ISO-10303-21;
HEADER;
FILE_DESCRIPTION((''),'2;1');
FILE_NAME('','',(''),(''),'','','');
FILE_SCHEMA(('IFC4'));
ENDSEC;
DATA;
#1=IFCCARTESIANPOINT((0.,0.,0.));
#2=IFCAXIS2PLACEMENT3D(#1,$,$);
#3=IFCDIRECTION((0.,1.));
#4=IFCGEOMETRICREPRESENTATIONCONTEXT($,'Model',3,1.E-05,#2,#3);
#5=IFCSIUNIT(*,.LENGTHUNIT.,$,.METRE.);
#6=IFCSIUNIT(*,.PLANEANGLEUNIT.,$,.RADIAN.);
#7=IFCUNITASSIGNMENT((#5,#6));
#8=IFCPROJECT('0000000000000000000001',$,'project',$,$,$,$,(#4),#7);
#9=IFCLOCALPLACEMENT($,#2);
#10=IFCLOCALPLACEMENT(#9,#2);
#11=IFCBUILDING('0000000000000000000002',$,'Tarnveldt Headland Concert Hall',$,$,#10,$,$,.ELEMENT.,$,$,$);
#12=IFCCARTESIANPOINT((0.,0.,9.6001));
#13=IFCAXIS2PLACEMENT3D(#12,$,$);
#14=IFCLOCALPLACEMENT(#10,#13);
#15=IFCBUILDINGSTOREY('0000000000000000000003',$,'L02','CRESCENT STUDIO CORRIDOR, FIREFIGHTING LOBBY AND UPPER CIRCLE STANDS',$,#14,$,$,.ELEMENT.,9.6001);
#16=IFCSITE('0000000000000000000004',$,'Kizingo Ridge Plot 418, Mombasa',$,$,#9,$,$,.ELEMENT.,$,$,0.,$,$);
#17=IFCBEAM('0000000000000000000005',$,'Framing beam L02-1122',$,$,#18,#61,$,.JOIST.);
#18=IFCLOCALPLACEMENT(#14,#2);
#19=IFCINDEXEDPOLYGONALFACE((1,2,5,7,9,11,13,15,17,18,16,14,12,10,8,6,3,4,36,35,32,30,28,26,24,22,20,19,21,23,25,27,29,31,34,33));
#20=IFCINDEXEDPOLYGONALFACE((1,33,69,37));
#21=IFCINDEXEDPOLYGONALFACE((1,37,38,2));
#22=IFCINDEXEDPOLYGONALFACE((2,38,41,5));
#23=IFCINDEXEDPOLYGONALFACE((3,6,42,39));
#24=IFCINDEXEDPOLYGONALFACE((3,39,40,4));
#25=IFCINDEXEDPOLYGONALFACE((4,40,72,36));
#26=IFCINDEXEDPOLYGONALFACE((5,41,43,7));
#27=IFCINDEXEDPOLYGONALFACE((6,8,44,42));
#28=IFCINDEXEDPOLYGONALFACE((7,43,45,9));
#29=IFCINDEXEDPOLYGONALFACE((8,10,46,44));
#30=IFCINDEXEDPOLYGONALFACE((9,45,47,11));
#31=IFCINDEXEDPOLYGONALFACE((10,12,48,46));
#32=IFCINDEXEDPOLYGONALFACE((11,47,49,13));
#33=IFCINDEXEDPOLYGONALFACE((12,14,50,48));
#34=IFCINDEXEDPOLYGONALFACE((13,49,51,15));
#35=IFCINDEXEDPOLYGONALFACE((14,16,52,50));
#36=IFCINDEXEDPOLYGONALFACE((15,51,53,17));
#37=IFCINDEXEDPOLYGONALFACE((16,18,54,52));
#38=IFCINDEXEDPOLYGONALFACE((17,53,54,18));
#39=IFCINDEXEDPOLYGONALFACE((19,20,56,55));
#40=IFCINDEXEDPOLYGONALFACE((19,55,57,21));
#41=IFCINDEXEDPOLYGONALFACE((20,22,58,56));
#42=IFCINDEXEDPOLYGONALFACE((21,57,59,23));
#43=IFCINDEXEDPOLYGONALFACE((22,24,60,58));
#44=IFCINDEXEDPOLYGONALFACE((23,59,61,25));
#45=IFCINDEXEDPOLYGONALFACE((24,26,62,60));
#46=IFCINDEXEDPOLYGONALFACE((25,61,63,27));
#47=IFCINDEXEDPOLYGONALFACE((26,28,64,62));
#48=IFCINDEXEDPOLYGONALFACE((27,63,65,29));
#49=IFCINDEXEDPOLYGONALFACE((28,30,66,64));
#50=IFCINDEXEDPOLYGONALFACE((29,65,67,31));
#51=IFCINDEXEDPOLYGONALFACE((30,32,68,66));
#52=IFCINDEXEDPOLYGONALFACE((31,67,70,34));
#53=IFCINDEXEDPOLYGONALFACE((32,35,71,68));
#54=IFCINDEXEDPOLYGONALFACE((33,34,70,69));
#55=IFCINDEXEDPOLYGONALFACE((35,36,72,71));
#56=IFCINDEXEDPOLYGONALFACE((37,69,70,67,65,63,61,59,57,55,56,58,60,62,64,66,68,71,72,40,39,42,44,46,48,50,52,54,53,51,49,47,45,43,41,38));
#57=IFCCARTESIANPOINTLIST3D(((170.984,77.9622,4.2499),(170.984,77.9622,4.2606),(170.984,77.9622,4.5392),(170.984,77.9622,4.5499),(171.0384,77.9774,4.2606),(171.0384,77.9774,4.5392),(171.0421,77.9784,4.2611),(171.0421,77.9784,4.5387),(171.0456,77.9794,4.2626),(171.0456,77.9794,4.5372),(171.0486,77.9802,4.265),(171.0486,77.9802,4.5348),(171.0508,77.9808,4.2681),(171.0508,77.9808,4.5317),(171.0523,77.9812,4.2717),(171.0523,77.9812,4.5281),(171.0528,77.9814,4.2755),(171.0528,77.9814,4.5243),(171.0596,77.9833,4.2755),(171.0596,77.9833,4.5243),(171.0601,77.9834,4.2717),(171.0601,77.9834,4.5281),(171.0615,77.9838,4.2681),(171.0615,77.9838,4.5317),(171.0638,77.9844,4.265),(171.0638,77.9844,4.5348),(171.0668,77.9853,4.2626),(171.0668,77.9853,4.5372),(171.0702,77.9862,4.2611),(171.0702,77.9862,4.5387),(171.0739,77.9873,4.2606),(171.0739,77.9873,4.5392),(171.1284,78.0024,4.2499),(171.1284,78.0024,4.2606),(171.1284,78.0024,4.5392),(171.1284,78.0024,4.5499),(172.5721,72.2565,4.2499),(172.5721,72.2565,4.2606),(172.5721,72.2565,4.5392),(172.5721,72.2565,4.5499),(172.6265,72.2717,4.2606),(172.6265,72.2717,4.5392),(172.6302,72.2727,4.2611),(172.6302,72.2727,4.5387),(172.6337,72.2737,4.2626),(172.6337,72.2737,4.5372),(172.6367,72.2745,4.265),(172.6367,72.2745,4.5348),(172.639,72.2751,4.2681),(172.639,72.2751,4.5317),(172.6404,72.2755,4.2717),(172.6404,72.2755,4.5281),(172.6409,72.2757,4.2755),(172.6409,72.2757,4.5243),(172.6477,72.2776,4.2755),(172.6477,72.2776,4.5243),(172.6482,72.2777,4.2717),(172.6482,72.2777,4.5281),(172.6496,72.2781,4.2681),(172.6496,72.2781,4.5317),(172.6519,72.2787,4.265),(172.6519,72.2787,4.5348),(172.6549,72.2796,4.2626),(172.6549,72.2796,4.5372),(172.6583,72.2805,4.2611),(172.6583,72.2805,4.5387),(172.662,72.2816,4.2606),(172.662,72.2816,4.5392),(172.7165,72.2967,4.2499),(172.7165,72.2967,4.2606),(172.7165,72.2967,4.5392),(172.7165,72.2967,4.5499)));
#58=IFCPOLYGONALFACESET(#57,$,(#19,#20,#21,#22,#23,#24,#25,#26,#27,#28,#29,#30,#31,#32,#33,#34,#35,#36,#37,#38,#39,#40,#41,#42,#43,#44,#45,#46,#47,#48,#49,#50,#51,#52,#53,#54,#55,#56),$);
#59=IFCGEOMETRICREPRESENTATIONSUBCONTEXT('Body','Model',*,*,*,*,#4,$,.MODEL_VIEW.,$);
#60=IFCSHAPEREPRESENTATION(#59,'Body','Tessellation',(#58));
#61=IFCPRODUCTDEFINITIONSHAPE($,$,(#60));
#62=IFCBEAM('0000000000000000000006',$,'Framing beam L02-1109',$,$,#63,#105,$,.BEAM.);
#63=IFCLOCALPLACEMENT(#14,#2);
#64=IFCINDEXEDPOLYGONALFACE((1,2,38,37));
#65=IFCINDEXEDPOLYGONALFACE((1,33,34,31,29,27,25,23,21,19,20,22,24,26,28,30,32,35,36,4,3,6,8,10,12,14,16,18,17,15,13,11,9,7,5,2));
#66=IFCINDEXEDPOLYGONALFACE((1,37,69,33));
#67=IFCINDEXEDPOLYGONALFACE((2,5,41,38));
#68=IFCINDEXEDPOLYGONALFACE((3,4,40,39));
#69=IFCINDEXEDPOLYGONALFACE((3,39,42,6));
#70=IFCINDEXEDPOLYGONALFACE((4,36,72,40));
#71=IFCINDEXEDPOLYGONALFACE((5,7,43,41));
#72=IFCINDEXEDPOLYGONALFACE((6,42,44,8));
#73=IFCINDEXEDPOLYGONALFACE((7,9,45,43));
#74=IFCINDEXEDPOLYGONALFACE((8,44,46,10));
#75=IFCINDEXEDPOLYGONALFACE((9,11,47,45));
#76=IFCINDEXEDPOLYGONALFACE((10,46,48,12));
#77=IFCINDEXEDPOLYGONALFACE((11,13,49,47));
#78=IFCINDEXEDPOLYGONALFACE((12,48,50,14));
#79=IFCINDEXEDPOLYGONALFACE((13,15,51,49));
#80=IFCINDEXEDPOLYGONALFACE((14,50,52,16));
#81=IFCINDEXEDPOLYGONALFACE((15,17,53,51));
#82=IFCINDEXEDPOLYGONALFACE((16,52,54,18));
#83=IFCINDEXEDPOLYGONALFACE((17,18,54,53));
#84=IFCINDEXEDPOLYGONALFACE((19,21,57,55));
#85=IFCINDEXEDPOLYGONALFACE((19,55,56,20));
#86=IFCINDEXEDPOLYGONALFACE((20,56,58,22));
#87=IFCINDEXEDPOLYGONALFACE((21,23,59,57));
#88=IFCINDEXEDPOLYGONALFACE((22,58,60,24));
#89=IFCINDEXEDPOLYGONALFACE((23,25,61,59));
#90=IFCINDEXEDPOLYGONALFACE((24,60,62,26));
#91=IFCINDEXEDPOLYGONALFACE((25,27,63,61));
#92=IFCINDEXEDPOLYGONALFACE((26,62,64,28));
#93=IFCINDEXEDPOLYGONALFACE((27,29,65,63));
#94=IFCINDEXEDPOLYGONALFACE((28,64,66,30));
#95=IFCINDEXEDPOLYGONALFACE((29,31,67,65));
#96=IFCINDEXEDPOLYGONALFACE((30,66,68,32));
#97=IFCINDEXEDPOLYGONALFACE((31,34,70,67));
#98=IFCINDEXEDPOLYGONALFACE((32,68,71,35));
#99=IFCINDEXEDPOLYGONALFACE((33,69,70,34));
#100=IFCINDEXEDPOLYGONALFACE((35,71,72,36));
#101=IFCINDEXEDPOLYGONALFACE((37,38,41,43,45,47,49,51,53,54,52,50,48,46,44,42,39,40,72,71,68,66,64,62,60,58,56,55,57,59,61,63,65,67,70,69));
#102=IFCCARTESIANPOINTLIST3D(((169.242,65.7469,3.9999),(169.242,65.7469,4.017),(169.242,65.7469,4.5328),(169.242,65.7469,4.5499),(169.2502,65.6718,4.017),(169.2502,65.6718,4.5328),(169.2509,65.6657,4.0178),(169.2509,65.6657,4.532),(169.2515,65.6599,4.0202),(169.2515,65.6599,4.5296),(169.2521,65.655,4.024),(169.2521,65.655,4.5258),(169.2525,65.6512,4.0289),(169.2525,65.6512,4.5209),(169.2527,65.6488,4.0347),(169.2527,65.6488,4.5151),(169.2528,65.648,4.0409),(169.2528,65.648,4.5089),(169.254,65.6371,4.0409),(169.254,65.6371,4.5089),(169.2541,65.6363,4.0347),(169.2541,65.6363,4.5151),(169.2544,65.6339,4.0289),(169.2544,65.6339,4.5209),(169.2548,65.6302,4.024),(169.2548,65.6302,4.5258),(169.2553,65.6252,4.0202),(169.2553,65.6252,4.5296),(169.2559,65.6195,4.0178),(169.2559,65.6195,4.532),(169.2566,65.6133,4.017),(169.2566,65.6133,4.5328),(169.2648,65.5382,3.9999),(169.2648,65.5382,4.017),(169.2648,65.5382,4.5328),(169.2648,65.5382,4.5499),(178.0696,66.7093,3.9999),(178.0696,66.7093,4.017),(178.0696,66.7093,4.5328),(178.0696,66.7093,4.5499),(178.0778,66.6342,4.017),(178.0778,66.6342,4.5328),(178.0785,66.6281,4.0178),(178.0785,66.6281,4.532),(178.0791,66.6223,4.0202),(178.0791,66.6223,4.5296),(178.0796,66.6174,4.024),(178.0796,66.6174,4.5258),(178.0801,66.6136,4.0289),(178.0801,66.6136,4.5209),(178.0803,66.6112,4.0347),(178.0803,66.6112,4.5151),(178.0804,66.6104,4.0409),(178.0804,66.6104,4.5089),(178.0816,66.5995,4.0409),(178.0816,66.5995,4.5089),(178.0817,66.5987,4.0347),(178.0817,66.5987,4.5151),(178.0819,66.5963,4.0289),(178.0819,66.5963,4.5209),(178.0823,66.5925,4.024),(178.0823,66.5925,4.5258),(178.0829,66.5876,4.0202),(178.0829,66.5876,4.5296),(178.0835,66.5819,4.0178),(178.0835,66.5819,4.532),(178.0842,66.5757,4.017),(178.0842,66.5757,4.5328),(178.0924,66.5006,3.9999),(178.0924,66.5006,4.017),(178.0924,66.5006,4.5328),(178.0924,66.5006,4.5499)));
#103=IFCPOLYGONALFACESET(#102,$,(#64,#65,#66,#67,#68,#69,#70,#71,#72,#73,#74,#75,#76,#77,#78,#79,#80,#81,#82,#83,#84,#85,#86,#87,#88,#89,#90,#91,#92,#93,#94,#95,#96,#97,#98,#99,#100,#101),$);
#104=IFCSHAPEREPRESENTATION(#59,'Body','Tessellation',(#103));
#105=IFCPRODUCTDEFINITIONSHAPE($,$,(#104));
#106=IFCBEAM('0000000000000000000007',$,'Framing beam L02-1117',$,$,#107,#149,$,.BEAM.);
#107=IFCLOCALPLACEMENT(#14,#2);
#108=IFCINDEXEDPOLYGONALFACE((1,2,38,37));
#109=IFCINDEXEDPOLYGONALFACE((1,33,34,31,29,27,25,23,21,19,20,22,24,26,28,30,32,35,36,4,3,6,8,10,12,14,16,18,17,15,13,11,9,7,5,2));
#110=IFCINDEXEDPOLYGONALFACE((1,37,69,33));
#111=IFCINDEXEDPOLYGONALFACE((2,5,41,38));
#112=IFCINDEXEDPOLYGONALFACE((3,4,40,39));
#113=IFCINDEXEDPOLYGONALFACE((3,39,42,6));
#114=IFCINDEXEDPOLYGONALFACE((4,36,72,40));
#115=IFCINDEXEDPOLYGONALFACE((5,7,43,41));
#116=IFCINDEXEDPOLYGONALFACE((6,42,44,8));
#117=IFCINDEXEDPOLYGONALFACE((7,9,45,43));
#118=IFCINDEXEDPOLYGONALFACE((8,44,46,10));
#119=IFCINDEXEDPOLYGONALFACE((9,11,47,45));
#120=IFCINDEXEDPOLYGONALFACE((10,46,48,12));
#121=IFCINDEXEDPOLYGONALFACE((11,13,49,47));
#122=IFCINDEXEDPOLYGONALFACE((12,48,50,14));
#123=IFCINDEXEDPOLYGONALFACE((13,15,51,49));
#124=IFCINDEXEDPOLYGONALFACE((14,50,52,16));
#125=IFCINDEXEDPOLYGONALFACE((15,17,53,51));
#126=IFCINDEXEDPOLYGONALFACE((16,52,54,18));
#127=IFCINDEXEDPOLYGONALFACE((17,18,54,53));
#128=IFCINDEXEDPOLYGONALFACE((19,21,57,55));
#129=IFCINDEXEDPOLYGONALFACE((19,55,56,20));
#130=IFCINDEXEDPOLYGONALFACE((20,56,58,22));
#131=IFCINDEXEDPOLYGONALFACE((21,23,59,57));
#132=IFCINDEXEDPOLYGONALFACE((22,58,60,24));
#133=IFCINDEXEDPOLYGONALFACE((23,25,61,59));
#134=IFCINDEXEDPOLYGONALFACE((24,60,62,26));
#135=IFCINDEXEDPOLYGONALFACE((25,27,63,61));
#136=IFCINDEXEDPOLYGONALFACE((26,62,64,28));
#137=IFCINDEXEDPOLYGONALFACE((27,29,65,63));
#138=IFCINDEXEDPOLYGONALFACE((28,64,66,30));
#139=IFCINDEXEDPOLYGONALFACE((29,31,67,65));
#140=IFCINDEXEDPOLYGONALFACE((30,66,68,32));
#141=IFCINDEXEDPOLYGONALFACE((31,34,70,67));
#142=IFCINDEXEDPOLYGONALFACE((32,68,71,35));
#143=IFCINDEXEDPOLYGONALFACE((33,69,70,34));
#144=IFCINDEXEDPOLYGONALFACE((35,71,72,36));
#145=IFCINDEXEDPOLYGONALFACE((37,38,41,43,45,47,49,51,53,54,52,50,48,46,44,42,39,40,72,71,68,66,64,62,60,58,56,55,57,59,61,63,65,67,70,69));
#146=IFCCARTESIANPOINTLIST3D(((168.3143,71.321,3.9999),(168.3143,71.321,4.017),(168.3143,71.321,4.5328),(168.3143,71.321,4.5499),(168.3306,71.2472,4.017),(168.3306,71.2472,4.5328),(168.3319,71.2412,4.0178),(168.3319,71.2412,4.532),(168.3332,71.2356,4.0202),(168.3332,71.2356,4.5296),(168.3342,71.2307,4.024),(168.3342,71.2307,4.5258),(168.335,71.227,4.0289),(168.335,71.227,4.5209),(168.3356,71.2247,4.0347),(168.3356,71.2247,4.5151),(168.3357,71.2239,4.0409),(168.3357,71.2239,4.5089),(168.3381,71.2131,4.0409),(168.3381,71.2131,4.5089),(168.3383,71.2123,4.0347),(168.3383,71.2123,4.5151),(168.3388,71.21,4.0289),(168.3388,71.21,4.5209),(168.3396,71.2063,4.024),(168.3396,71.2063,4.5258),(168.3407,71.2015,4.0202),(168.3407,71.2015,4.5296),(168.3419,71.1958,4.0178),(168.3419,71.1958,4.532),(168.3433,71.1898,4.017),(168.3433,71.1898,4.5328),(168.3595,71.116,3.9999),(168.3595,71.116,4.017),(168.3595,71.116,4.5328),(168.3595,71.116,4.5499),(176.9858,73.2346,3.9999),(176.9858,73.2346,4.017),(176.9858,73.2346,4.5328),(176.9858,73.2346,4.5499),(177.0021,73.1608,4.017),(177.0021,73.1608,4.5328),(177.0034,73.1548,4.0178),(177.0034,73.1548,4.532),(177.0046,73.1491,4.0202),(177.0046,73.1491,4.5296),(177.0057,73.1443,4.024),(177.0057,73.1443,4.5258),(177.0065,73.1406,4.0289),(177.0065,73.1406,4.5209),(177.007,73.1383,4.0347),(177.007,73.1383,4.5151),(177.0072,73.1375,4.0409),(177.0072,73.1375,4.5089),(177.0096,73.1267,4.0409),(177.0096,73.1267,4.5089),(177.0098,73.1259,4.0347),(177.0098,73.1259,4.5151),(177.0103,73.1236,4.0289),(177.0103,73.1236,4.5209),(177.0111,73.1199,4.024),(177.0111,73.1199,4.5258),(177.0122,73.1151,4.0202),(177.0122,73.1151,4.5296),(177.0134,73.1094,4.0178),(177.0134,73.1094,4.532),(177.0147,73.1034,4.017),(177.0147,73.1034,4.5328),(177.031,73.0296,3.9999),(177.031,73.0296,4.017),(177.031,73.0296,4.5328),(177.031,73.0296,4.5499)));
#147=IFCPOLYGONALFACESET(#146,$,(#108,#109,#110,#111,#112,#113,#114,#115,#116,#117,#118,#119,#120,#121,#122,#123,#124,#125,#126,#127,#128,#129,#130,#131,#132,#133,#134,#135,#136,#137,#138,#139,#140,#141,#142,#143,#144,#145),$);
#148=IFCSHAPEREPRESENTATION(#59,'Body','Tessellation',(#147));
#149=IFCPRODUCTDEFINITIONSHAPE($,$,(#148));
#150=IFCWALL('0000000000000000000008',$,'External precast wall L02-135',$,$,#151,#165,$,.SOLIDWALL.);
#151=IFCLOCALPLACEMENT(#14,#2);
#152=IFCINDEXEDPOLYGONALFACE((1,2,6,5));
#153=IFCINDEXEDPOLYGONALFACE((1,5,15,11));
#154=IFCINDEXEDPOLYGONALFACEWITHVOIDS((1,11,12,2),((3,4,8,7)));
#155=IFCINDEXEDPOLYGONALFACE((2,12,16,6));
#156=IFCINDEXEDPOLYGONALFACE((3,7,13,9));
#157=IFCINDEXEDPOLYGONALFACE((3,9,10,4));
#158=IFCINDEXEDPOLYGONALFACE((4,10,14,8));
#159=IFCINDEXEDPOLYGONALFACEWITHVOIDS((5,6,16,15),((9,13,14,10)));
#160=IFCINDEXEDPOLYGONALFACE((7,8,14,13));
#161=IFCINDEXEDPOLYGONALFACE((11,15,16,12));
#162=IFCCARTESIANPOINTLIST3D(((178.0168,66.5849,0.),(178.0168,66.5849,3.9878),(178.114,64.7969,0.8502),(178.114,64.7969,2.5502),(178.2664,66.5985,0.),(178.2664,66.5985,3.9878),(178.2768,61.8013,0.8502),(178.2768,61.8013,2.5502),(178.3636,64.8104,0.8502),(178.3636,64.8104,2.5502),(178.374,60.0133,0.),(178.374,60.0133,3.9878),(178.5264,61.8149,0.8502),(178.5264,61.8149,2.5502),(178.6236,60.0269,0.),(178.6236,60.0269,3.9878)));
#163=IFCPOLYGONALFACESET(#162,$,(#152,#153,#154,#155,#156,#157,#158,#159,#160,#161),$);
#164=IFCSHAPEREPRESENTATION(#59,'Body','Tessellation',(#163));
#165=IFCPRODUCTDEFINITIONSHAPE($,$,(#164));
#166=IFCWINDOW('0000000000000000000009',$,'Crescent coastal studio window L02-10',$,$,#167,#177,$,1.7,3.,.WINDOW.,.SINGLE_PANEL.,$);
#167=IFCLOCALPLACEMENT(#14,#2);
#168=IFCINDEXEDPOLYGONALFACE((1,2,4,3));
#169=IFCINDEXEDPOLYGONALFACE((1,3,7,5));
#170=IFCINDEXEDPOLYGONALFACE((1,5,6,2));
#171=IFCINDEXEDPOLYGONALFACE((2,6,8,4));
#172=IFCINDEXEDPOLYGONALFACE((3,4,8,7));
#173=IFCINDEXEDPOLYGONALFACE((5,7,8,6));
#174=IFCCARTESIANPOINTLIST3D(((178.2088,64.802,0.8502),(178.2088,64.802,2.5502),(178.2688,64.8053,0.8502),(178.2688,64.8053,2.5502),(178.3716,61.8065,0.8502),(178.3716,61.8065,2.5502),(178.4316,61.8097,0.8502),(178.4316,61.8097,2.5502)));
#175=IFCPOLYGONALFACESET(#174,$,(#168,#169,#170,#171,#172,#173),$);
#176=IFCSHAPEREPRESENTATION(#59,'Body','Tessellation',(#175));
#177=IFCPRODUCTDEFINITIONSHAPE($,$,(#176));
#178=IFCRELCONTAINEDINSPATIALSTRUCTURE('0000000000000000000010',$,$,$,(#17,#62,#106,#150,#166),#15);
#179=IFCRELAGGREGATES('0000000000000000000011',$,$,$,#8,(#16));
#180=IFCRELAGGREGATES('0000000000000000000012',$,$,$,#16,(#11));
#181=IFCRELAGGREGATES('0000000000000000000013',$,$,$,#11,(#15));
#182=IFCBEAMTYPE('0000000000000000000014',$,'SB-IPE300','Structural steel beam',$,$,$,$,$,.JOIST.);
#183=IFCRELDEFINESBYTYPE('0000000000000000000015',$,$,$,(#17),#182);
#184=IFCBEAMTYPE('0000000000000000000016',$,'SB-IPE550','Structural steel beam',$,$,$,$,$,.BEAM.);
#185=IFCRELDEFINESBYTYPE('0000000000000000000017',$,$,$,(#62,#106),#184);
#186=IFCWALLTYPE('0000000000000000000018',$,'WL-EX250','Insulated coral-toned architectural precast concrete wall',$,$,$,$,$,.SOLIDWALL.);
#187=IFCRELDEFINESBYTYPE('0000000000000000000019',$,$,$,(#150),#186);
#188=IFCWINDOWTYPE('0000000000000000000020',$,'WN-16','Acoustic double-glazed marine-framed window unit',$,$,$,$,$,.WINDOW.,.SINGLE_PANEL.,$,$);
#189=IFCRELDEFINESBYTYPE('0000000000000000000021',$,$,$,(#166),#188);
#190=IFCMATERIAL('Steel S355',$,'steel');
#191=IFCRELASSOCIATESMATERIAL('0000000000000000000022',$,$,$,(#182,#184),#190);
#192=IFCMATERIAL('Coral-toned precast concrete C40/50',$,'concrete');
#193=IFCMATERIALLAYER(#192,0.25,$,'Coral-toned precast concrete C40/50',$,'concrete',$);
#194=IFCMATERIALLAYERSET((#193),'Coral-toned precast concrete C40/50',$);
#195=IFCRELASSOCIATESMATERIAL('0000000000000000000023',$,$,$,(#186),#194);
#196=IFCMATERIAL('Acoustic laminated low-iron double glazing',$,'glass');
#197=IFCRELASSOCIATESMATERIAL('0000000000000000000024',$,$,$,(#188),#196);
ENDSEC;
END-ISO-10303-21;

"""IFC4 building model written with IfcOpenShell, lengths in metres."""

from ifc_helpers import new_model, si_unit, direction, frame, frame_2d, origin, origin_2d, place, context, subcontext, project, spatial, rectangle, i_section, extrude, material, layer, layer_set, material_profile, profile_set, type_object, element, fill, save


model = new_model("IFC4")

# Units and contexts
model_context = context("Model", 3, precision=1e-05, world=origin(), true_north=direction((0.0, 1.0)))
body_context = subcontext(model_context, "Body", "Model", "MODEL_VIEW")
ifc_project = project(units=[si_unit("LENGTHUNIT", "METRE"), si_unit("PLANEANGLEUNIT", "RADIAN")], contexts=[model_context])

# Site, building, storey
site_placement = place(None, origin())
site = spatial("IfcSite", under=ifc_project, at=site_placement, Name="Kizingo Ridge Plot 418, Mombasa", CompositionType="ELEMENT", RefElevation=0.0)
building_placement = place(site_placement, origin())
building = spatial("IfcBuilding", under=site, at=building_placement, Name="Tarnveldt Headland Concert Hall", CompositionType="ELEMENT")
storey_placement = place(building_placement, frame((0.0, 0.0, 9.6001)))
storey = spatial("IfcBuildingStorey", under=building, at=storey_placement, Name="L02", Description="CRESCENT STUDIO CORRIDOR, FIREFIGHTING LOBBY AND UPPER CIRCLE STANDS", CompositionType="ELEMENT", Elevation=9.6001)

# Shared definitions
ifc_material_1 = material(Name="Steel S355", Category="steel")

# Beams
ifc_material_profile_1 = material_profile(ifc_material_1, i_section(OverallWidth=0.1499, OverallDepth=0.3, WebThickness=0.0071, FlangeThickness=0.0107, FilletRadius=0.0149, at=origin_2d()), Name="IPE300", Category="steel")
ifc_profile_set_1 = profile_set([ifc_material_profile_1], Name="Steel S355")
beam_type_1 = type_object("IfcBeamType", Name="SB-IPE300", Description="Structural steel beam", PredefinedType="JOIST", material=ifc_profile_set_1)
beam_1_placement = place(storey_placement, frame((172.6443, 72.2766, 4.3999), z_axis=(-0.268143, 0.963379, 0.0), x_axis=(-0.963379, -0.268143, 0.0)))
element("IfcBeam", 1, at=beam_1_placement, inside=storey, type_object=beam_type_1, Name="Framing beam L02-1122", PredefinedType="JOIST", context=body_context, shape_type="SweptSolid", body=[
    extrude(i_section(OverallWidth=0.1499, OverallDepth=0.3, WebThickness=0.0071, FlangeThickness=0.0107, FilletRadius=0.0149, at=origin_2d()), origin(), (0.0, 0.0, 1.0), 5.9226),
])
ifc_material_profile_2 = material_profile(ifc_material_1, i_section(OverallWidth=0.21, OverallDepth=0.55, WebThickness=0.011, FlangeThickness=0.0171, FilletRadius=0.0239, at=origin_2d()), Name="IPE550", Category="steel")
ifc_profile_set_2 = profile_set([ifc_material_profile_2], Name="Steel S355")
beam_type_2 = type_object("IfcBeamType", Name="SB-IPE550", Description="Structural steel beam", PredefinedType="BEAM", material=ifc_profile_set_2)
beam_2_placement = place(storey_placement, frame((169.2534, 65.6426, 4.2749), z_axis=(0.99411, 0.108379, 0.0), x_axis=(-0.108379, 0.99411, 0.0)))
element("IfcBeam", 2, at=beam_2_placement, inside=storey, type_object=beam_type_2, Name="Framing beam L02-1109", PredefinedType="BEAM", context=body_context, shape_type="SweptSolid", body=[
    extrude(i_section(OverallWidth=0.21, OverallDepth=0.55, WebThickness=0.011, FlangeThickness=0.0171, FilletRadius=0.0239, at=origin_2d()), origin(), (0.0, 0.0, 1.0), 8.8799),
])
beam_3_placement = place(storey_placement, frame((168.3369, 71.2185, 4.2749), z_axis=(0.976506, 0.215492, 0.0), x_axis=(-0.215492, 0.976506, 0.0)))
element("IfcBeam", 3, at=beam_3_placement, inside=storey, type_object=beam_type_2, Name="Framing beam L02-1117", PredefinedType="BEAM", context=body_context, shape_type="SweptSolid", body=[
    extrude(i_section(OverallWidth=0.21, OverallDepth=0.55, WebThickness=0.011, FlangeThickness=0.0171, FilletRadius=0.0239, at=origin_2d()), origin(), (0.0, 0.0, 1.0), 8.8801),
])

# Wall, opening, window
ifc_material_2 = material(Name="Coral-toned precast concrete C40/50", Category="concrete")
ifc_layer_1 = layer(ifc_material_2, 0.25, Name="Coral-toned precast concrete C40/50", Category="concrete")
ifc_layer_set_1 = layer_set([ifc_layer_1], Name="Coral-toned precast concrete C40/50")
wall_type = type_object("IfcWallType", Name="WL-EX250", Description="Insulated coral-toned architectural precast concrete wall", PredefinedType="SOLIDWALL", material=ifc_layer_set_1)
wall_1_placement = place(storey_placement, frame((178.1416, 66.5916, 0.0), z_axis=(0.0, 0.0, 1.0), x_axis=(0.054272, -0.998526, 0.0)))
wall_1 = element("IfcWall", 4, at=wall_1_placement, inside=storey, type_object=wall_type, Name="External precast wall L02-135", PredefinedType="SOLIDWALL", context=body_context, shape_type="SweptSolid", body=[
    extrude(rectangle(XDim=6.5813, YDim=0.25, at=frame_2d((3.2905, 0.0))), origin(), (0.0, 0.0, 1.0), 3.9878),
])
opening_1_placement = place(wall_1_placement, frame((1.7905, 0.0, 0.8501)))
opening_1 = element("IfcOpeningElement", 5, at=opening_1_placement, cuts=wall_1, PredefinedType="OPENING", context=body_context, shape_type="SweptSolid", body=[
    extrude(rectangle(XDim=3.0, YDim=1.7, at=frame_2d((1.5, 0.8501))), frame((0.0, 0.135, 0.0), z_axis=(0.0, -1.0, 0.0), x_axis=(1.0, 0.0, 0.0)), (0.0, 0.0, 1.0), 0.27),
])
ifc_material_3 = material(Name="Acoustic laminated low-iron double glazing", Category="glass")
window_type_1 = type_object("IfcWindowType", Name="WN-16", Description="Acoustic double-glazed marine-framed window unit", PartitioningType="SINGLE_PANEL", PredefinedType="WINDOW", material=ifc_material_3)
window_1_placement = place(opening_1_placement, origin())
window_1 = element("IfcWindow", 6, at=window_1_placement, inside=storey, type_object=window_type_1, Name="Crescent coastal studio window L02-10", OverallHeight=1.7, OverallWidth=3.0, PartitioningType="SINGLE_PANEL", PredefinedType="WINDOW", context=body_context, shape_type="SweptSolid", body=[
    extrude(rectangle(XDim=3.0, YDim=1.7, at=frame_2d((1.5, 0.8501))), frame((0.0, 0.03, 0.0), z_axis=(0.0, -1.0, 0.0), x_axis=(1.0, 0.0, 0.0)), (0.0, 0.0, 1.0), 0.0601),
])
fill(opening_1, window_1)

save(model, "model.ifc")
